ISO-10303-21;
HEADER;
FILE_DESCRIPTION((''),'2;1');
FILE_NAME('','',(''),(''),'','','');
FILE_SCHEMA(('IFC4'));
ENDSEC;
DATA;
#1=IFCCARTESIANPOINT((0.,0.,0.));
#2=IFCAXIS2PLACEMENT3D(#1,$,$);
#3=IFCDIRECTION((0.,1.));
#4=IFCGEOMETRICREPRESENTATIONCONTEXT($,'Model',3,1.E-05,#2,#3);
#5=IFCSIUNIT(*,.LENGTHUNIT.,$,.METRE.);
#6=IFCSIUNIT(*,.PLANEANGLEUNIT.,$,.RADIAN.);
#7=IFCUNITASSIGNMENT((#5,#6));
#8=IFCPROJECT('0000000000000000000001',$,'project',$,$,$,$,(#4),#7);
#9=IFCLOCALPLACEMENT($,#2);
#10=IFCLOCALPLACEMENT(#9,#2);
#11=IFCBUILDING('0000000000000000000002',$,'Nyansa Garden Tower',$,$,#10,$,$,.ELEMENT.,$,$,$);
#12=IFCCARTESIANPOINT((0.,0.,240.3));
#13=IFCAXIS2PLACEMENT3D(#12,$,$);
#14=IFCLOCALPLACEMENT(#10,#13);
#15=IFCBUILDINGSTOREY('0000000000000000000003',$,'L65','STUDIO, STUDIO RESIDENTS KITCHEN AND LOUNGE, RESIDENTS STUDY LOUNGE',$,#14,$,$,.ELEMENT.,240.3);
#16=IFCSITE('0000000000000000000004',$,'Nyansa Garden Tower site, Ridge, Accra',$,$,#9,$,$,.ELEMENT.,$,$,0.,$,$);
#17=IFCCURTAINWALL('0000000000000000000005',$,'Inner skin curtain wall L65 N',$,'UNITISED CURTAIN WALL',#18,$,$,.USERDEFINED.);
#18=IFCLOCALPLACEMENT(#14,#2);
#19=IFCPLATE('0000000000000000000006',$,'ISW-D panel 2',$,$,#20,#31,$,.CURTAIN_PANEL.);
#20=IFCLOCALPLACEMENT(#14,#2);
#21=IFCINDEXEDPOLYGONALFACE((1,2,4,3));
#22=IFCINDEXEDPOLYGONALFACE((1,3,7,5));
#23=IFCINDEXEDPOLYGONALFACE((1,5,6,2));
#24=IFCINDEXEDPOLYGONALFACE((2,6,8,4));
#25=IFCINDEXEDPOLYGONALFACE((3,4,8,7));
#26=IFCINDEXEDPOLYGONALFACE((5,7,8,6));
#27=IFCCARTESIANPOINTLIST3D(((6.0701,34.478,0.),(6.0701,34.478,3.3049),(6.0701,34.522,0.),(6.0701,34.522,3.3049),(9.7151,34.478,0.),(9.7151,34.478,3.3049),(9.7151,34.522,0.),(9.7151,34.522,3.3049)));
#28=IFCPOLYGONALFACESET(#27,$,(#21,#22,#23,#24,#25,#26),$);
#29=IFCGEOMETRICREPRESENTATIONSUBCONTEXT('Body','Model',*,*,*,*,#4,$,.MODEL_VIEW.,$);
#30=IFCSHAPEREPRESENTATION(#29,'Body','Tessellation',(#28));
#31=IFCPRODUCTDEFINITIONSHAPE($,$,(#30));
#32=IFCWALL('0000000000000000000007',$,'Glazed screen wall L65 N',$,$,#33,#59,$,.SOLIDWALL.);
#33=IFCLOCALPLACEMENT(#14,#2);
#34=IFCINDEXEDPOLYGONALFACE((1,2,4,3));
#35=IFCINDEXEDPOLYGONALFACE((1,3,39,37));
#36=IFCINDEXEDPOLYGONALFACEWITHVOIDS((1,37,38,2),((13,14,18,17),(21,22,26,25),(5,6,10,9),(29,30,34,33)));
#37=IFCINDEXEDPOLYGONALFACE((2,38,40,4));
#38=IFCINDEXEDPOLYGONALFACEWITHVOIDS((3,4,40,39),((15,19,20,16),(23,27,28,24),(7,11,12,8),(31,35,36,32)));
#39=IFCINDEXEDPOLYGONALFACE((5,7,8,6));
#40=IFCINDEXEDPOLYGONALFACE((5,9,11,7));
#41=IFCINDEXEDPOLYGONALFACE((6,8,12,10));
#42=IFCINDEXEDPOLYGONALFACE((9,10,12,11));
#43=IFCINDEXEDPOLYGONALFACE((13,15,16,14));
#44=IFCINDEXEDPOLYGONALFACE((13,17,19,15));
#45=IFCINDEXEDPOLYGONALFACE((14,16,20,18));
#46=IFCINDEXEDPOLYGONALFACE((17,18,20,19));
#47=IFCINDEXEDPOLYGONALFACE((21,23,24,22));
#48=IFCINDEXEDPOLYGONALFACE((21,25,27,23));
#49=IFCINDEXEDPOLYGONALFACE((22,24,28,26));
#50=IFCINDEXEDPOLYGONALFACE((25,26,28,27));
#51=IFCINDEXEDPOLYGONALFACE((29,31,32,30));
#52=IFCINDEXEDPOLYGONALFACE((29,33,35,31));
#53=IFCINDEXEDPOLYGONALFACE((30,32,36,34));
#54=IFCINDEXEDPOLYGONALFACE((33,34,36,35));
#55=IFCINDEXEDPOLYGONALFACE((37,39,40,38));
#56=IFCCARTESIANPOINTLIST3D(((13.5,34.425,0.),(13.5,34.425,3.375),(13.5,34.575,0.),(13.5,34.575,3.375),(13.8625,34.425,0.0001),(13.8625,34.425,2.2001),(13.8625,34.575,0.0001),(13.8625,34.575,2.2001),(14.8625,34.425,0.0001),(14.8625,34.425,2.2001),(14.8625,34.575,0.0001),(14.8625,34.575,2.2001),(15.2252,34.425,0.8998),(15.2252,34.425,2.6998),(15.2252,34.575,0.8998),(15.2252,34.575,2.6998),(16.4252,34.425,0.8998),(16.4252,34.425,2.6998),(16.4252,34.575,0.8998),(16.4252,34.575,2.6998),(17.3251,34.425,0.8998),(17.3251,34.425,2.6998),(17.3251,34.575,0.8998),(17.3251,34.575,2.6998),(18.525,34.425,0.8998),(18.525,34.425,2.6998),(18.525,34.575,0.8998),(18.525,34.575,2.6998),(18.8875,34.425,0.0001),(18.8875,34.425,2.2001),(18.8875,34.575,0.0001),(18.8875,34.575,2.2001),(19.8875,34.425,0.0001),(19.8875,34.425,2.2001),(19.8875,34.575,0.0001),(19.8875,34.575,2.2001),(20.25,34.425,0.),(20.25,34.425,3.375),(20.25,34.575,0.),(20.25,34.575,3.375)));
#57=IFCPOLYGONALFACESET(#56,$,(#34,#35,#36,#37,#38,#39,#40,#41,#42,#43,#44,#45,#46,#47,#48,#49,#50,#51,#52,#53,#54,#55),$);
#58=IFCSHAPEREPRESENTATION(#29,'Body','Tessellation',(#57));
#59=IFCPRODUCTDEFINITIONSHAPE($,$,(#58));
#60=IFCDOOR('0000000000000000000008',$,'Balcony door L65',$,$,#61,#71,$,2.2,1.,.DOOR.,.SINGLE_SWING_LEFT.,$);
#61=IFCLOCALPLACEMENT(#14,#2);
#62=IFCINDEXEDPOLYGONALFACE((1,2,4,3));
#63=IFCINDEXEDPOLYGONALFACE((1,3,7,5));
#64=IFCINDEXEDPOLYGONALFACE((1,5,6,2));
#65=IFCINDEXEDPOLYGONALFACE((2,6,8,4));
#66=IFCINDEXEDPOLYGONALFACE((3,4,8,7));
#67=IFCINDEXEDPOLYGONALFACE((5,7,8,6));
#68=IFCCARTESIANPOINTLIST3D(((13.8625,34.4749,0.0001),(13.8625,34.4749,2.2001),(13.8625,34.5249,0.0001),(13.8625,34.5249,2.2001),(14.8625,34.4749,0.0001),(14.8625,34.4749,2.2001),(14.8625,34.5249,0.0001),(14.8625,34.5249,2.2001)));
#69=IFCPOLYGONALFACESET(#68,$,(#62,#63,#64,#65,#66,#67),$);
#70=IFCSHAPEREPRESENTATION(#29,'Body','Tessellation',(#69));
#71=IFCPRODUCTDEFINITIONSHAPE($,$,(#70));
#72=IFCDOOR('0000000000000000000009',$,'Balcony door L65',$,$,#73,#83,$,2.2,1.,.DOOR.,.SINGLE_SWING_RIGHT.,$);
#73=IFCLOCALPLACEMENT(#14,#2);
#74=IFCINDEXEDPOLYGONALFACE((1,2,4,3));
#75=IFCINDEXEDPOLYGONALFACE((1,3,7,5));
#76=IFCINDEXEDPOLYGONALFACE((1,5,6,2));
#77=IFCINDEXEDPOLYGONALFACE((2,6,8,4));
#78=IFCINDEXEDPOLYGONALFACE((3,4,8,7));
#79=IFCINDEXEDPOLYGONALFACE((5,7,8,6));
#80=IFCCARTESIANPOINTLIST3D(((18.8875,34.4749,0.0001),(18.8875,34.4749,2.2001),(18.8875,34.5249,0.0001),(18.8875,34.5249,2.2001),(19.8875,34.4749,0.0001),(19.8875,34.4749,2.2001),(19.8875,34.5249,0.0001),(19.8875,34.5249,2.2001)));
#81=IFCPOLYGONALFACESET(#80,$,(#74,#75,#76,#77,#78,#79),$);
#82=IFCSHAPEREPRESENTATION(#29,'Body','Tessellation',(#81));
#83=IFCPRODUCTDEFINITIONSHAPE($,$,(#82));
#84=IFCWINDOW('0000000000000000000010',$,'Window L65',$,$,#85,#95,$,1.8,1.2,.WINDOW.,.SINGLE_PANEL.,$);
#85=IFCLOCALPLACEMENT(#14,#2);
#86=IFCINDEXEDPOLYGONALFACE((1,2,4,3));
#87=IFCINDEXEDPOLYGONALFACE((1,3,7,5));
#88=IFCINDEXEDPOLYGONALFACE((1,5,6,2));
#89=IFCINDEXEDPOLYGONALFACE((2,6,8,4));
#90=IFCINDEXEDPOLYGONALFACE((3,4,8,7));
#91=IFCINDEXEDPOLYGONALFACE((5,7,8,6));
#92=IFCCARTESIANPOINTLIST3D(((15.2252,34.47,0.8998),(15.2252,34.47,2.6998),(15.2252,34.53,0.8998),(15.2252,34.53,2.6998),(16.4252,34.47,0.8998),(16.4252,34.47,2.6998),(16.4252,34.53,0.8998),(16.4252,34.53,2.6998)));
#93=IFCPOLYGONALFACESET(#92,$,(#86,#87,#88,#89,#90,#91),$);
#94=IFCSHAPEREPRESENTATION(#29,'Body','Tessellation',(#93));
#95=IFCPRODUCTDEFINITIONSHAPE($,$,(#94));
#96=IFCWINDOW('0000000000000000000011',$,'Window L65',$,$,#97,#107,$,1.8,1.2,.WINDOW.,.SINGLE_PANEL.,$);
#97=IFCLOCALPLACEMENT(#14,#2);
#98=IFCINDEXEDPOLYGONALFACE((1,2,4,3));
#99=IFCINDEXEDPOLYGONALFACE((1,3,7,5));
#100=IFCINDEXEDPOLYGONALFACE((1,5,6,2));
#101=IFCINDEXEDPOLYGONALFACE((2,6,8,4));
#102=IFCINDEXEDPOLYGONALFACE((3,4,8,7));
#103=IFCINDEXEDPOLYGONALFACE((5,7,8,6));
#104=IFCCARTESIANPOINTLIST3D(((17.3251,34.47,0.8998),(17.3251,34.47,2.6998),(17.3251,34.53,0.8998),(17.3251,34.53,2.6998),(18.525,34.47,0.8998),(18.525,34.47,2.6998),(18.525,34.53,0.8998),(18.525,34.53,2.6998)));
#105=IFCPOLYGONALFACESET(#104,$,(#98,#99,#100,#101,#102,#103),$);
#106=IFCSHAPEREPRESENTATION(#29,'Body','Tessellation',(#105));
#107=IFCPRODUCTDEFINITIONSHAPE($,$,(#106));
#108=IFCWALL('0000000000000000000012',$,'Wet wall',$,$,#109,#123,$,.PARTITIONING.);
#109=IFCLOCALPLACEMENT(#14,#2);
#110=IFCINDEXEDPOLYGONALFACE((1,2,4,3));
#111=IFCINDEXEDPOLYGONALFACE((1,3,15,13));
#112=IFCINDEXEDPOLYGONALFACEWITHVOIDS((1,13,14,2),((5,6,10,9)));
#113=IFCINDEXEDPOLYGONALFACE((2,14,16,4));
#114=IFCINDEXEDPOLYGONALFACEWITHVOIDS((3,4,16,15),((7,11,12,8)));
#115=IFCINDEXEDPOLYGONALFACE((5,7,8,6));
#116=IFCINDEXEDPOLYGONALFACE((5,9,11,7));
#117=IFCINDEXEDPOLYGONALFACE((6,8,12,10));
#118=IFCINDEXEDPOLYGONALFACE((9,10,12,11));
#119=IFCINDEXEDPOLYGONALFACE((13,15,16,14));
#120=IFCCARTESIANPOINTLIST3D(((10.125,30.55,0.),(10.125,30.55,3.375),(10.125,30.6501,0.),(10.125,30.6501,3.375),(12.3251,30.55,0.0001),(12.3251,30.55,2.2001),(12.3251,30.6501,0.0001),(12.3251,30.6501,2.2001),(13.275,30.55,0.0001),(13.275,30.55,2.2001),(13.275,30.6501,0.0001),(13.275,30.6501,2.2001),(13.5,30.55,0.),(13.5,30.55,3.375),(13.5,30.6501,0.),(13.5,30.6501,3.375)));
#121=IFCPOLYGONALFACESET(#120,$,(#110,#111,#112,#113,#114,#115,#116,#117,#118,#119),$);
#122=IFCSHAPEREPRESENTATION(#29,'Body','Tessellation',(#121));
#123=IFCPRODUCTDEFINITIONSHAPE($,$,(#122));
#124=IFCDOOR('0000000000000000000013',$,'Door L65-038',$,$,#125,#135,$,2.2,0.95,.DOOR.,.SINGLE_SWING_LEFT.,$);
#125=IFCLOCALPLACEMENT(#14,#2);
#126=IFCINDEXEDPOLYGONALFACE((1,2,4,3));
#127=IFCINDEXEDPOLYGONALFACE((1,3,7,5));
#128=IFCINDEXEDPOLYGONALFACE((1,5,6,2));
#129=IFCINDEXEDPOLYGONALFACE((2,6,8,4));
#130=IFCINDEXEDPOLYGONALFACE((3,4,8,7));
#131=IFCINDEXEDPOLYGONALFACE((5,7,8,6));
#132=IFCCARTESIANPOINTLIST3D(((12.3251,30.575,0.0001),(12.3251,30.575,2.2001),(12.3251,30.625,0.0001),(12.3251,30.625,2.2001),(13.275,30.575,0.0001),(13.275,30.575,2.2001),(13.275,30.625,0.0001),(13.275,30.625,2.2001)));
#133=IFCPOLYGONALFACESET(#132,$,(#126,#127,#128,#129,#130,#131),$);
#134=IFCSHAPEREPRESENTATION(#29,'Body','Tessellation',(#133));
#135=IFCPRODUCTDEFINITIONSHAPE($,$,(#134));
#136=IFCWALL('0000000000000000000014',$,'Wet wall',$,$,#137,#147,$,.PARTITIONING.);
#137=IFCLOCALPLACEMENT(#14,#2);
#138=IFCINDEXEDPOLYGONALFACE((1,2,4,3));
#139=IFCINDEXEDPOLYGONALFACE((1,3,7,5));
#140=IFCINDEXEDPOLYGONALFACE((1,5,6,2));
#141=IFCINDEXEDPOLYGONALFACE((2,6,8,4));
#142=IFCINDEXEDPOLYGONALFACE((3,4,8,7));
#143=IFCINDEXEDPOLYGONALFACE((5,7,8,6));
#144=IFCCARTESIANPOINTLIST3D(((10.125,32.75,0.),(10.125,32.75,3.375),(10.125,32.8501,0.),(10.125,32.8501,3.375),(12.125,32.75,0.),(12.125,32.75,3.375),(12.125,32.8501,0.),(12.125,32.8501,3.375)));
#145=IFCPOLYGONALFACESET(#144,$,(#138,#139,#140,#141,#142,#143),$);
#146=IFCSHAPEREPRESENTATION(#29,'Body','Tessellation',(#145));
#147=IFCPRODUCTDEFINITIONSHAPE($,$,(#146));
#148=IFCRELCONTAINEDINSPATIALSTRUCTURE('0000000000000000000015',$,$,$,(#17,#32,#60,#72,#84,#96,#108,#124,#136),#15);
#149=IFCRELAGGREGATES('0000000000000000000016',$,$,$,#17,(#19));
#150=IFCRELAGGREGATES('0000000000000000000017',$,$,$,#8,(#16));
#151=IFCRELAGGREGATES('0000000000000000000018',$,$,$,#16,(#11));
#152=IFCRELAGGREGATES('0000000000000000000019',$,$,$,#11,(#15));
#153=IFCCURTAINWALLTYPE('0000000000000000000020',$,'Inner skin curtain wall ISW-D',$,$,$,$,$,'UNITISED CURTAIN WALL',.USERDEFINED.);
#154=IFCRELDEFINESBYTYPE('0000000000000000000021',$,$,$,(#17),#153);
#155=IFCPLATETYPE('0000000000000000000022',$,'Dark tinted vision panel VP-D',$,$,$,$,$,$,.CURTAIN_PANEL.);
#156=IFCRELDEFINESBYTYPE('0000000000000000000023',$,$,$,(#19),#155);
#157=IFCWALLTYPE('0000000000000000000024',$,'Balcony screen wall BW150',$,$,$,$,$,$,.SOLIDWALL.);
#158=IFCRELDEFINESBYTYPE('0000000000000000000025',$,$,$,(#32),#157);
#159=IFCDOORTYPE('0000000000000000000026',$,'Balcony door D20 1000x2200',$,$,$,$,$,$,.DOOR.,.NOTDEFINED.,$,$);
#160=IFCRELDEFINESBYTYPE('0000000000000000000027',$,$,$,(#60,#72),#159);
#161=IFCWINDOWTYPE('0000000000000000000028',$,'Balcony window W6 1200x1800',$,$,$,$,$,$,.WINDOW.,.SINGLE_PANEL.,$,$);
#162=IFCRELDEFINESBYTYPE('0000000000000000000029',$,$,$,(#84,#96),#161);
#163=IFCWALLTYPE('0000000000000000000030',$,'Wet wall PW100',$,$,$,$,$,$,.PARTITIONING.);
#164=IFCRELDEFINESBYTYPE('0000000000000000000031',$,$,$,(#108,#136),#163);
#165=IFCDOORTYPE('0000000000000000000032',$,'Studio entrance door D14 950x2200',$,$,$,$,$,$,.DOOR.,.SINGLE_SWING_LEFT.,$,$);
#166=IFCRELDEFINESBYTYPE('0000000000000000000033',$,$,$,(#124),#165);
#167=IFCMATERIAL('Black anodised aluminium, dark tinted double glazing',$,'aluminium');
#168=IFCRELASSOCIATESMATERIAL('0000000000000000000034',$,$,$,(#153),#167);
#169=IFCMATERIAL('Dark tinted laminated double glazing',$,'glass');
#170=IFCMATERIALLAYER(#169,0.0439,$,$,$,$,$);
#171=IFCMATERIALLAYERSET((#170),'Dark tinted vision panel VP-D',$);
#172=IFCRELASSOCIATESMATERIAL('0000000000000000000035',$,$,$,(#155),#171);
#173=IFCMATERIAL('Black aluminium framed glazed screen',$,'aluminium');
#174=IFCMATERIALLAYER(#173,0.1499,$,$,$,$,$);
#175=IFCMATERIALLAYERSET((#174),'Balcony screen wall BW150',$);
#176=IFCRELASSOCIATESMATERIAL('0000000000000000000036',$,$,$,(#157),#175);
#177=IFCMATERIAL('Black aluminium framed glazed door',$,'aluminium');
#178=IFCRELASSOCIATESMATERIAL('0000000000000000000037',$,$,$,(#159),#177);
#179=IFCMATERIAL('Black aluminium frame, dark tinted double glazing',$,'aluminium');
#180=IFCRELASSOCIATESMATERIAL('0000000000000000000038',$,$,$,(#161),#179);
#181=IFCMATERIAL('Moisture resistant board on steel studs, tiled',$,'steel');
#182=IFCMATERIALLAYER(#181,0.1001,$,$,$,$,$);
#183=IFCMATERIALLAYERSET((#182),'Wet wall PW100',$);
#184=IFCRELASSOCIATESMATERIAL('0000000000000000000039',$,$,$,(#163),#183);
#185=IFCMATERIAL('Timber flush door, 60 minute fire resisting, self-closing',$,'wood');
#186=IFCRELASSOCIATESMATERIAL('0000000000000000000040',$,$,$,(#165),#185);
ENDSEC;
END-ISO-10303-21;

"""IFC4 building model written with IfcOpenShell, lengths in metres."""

from ifc_helpers import new_model, si_unit, direction, frame, frame_2d, origin, origin_2d, place, context, subcontext, project, spatial, rectangle, extrude, material, layer, layer_set, type_object, element, fill, aggregate, save


model = new_model("IFC4")

# Units and contexts
model_context = context("Model", 3, precision=1e-05, world=origin(), true_north=direction((0.0, 1.0)))
body_context = subcontext(model_context, "Body", "Model", "MODEL_VIEW")
ifc_project = project(units=[si_unit("LENGTHUNIT", "METRE"), si_unit("PLANEANGLEUNIT", "RADIAN")], contexts=[model_context])

# Site, building, storey
site_placement = place(None, origin())
site = spatial("IfcSite", under=ifc_project, at=site_placement, Name="Nyansa Garden Tower site, Ridge, Accra", CompositionType="ELEMENT", RefElevation=0.0)
building_placement = place(site_placement, origin())
building = spatial("IfcBuilding", under=site, at=building_placement, Name="Nyansa Garden Tower", CompositionType="ELEMENT")
storey_placement = place(building_placement, frame((0.0, 0.0, 240.3)))
storey = spatial("IfcBuildingStorey", under=building, at=storey_placement, Name="L65", Description="STUDIO, STUDIO RESIDENTS KITCHEN AND LOUNGE, RESIDENTS STUDY LOUNGE", CompositionType="ELEMENT", Elevation=240.3)

# Curtain wall
ifc_material_1 = material(Name="Black anodised aluminium, dark tinted double glazing", Category="aluminium")
curtain_wall_type = type_object("IfcCurtainWallType", Name="Inner skin curtain wall ISW-D", ElementType="UNITISED CURTAIN WALL", PredefinedType="USERDEFINED", material=ifc_material_1)
curtain_wall_placement = place(storey_placement, origin())
curtain_wall = element("IfcCurtainWall", 1, at=curtain_wall_placement, inside=storey, type_object=curtain_wall_type, Name="Inner skin curtain wall L65 N", ObjectType="UNITISED CURTAIN WALL", PredefinedType="USERDEFINED")

# Plate
ifc_material_2 = material(Name="Dark tinted laminated double glazing", Category="glass")
ifc_layer_1 = layer(ifc_material_2, 0.0439)
ifc_layer_set_1 = layer_set([ifc_layer_1], Name="Dark tinted vision panel VP-D")
plate_type = type_object("IfcPlateType", Name="Dark tinted vision panel VP-D", PredefinedType="CURTAIN_PANEL", material=ifc_layer_set_1)
plate_1_placement = place(storey_placement, frame((7.8926, 34.5, 0.0), z_axis=(0.0, 0.0, 1.0), x_axis=(-1.0, 0.0, 0.0)))
plate_1 = element("IfcPlate", 2, at=plate_1_placement, type_object=plate_type, Name="ISW-D panel 2", PredefinedType="CURTAIN_PANEL", context=body_context, shape_type="SweptSolid", body=[
    extrude(rectangle(XDim=3.645, YDim=0.0439, at=origin_2d()), origin(), (0.0, 0.0, 1.0), 3.3049),
])
aggregate(curtain_wall, [plate_1])

# Wall, openings, doors, windows
ifc_material_3 = material(Name="Black aluminium framed glazed screen", Category="aluminium")
ifc_layer_2 = layer(ifc_material_3, 0.1499)
ifc_layer_set_2 = layer_set([ifc_layer_2], Name="Balcony screen wall BW150")
wall_type_1 = type_object("IfcWallType", Name="Balcony screen wall BW150", PredefinedType="SOLIDWALL", material=ifc_layer_set_2)
wall_1_placement = place(storey_placement, frame((13.5, 34.5, 0.0), z_axis=(0.0, 0.0, 1.0), x_axis=(1.0, 0.0, 0.0)))
wall_1 = element("IfcWall", 3, at=wall_1_placement, inside=storey, type_object=wall_type_1, Name="Glazed screen wall L65 N", PredefinedType="SOLIDWALL", context=body_context, shape_type="SweptSolid", body=[
    extrude(rectangle(XDim=6.75, YDim=0.1499, at=frame_2d((3.375, 0.0))), origin(), (0.0, 0.0, 1.0), 3.375),
])
opening_1_placement = place(wall_1_placement, frame((0.3625, 0.0, 0.0)))
opening_1 = element("IfcOpeningElement", 4, at=opening_1_placement, cuts=wall_1, PredefinedType="OPENING", context=body_context, shape_type="SweptSolid", body=[
    extrude(rectangle(XDim=1.0, YDim=2.2, at=frame_2d((0.5, 1.1001))), frame((0.0, 0.085, 0.0), z_axis=(0.0, -1.0, 0.0), x_axis=(1.0, 0.0, 0.0)), (0.0, 0.0, 1.0), 0.1699),
])
opening_2_placement = place(wall_1_placement, frame((1.7251, 0.0, 0.8999)))
opening_2 = element("IfcOpeningElement", 5, at=opening_2_placement, cuts=wall_1, PredefinedType="OPENING", context=body_context, shape_type="SweptSolid", body=[
    extrude(rectangle(XDim=1.2, YDim=1.8, at=frame_2d((0.6001, 0.8999))), frame((0.0, 0.085, 0.0), z_axis=(0.0, -1.0, 0.0), x_axis=(1.0, 0.0, 0.0)), (0.0, 0.0, 1.0), 0.1699),
])
opening_3_placement = place(wall_1_placement, frame((5.3875, 0.0, 0.0)))
opening_3 = element("IfcOpeningElement", 6, at=opening_3_placement, cuts=wall_1, PredefinedType="OPENING", context=body_context, shape_type="SweptSolid", body=[
    extrude(rectangle(XDim=1.0, YDim=2.2, at=frame_2d((0.5, 1.1001))), frame((0.0, 0.085, 0.0), z_axis=(0.0, -1.0, 0.0), x_axis=(1.0, 0.0, 0.0)), (0.0, 0.0, 1.0), 0.1699),
])
opening_4_placement = place(wall_1_placement, frame((3.825, 0.0, 0.8999)))
opening_4 = element("IfcOpeningElement", 7, at=opening_4_placement, cuts=wall_1, PredefinedType="OPENING", context=body_context, shape_type="SweptSolid", body=[
    extrude(rectangle(XDim=1.2, YDim=1.8, at=frame_2d((0.6001, 0.8999))), frame((0.0, 0.085, 0.0), z_axis=(0.0, -1.0, 0.0), x_axis=(1.0, 0.0, 0.0)), (0.0, 0.0, 1.0), 0.1699),
])
ifc_material_4 = material(Name="Black aluminium framed glazed door", Category="aluminium")
door_type_1 = type_object("IfcDoorType", Name="Balcony door D20 1000x2200", OperationType="NOTDEFINED", PredefinedType="DOOR", material=ifc_material_4)
door_1_placement = place(opening_1_placement, origin())
door_1 = element("IfcDoor", 8, at=door_1_placement, inside=storey, type_object=door_type_1, Name="Balcony door L65", OperationType="SINGLE_SWING_LEFT", OverallHeight=2.2, OverallWidth=1.0, PredefinedType="DOOR", context=body_context, shape_type="SweptSolid", body=[
    extrude(rectangle(XDim=1.0, YDim=2.2, at=frame_2d((0.5, 1.1001))), frame((0.0, 0.0249, 0.0), z_axis=(0.0, -1.0, 0.0), x_axis=(1.0, 0.0, 0.0)), (0.0, 0.0, 1.0), 0.05),
])
fill(opening_1, door_1)
door_2_placement = place(opening_3_placement, origin())
door_2 = element("IfcDoor", 9, at=door_2_placement, inside=storey, type_object=door_type_1, Name="Balcony door L65", OperationType="SINGLE_SWING_RIGHT", OverallHeight=2.2, OverallWidth=1.0, PredefinedType="DOOR", context=body_context, shape_type="SweptSolid", body=[
    extrude(rectangle(XDim=1.0, YDim=2.2, at=frame_2d((0.5, 1.1001))), frame((0.0, 0.0249, 0.0), z_axis=(0.0, -1.0, 0.0), x_axis=(1.0, 0.0, 0.0)), (0.0, 0.0, 1.0), 0.05),
])
fill(opening_3, door_2)
ifc_material_5 = material(Name="Black aluminium frame, dark tinted double glazing", Category="aluminium")
window_type = type_object("IfcWindowType", Name="Balcony window W6 1200x1800", PartitioningType="SINGLE_PANEL", PredefinedType="WINDOW", material=ifc_material_5)
window_1_placement = place(opening_2_placement, origin())
window_1 = element("IfcWindow", 10, at=window_1_placement, inside=storey, type_object=window_type, Name="Window L65", OverallHeight=1.8, OverallWidth=1.2, PartitioningType="SINGLE_PANEL", PredefinedType="WINDOW", context=body_context, shape_type="SweptSolid", body=[
    extrude(rectangle(XDim=1.2, YDim=1.8, at=frame_2d((0.6001, 0.8999))), frame((0.0, 0.03, 0.0), z_axis=(0.0, -1.0, 0.0), x_axis=(1.0, 0.0, 0.0)), (0.0, 0.0, 1.0), 0.0601),
])
fill(opening_2, window_1)
window_2_placement = place(opening_4_placement, origin())
window_2 = element("IfcWindow", 11, at=window_2_placement, inside=storey, type_object=window_type, Name="Window L65", OverallHeight=1.8, OverallWidth=1.2, PartitioningType="SINGLE_PANEL", PredefinedType="WINDOW", context=body_context, shape_type="SweptSolid", body=[
    extrude(rectangle(XDim=1.2, YDim=1.8, at=frame_2d((0.6001, 0.8999))), frame((0.0, 0.03, 0.0), z_axis=(0.0, -1.0, 0.0), x_axis=(1.0, 0.0, 0.0)), (0.0, 0.0, 1.0), 0.0601),
])
fill(opening_4, window_2)

# Wall, opening, door
ifc_material_6 = material(Name="Moisture resistant board on steel studs, tiled", Category="steel")
ifc_layer_3 = layer(ifc_material_6, 0.1001)
ifc_layer_set_3 = layer_set([ifc_layer_3], Name="Wet wall PW100")
wall_type_2 = type_object("IfcWallType", Name="Wet wall PW100", PredefinedType="PARTITIONING", material=ifc_layer_set_3)
wall_2_placement = place(storey_placement, frame((10.125, 30.6001, 0.0), z_axis=(0.0, 0.0, 1.0), x_axis=(1.0, 0.0, 0.0)))
wall_2 = element("IfcWall", 12, at=wall_2_placement, inside=storey, type_object=wall_type_2, Name="Wet wall", PredefinedType="PARTITIONING", context=body_context, shape_type="SweptSolid", body=[
    extrude(rectangle(XDim=3.375, YDim=0.1001, at=frame_2d((1.6875, 0.0))), origin(), (0.0, 0.0, 1.0), 3.375),
])
opening_5_placement = place(wall_2_placement, frame((2.2, 0.0, 0.0)))
opening_5 = element("IfcOpeningElement", 13, at=opening_5_placement, cuts=wall_2, PredefinedType="OPENING", context=body_context, shape_type="SweptSolid", body=[
    extrude(rectangle(XDim=0.95, YDim=2.2, at=frame_2d((0.4751, 1.1001))), frame((0.0, 0.0601, 0.0), z_axis=(0.0, -1.0, 0.0), x_axis=(1.0, 0.0, 0.0)), (0.0, 0.0, 1.0), 0.1201),
])
ifc_material_7 = material(Name="Timber flush door, 60 minute fire resisting, self-closing", Category="wood")
door_type_2 = type_object("IfcDoorType", Name="Studio entrance door D14 950x2200", OperationType="SINGLE_SWING_LEFT", PredefinedType="DOOR", material=ifc_material_7)
door_3_placement = place(opening_5_placement, origin())
door_3 = element("IfcDoor", 14, at=door_3_placement, inside=storey, type_object=door_type_2, Name="Door L65-038", OperationType="SINGLE_SWING_LEFT", OverallHeight=2.2, OverallWidth=0.95, PredefinedType="DOOR", context=body_context, shape_type="SweptSolid", body=[
    extrude(rectangle(XDim=0.95, YDim=2.2, at=frame_2d((0.4751, 1.1001))), frame((0.0, 0.0249, 0.0), z_axis=(0.0, -1.0, 0.0), x_axis=(1.0, 0.0, 0.0)), (0.0, 0.0, 1.0), 0.05),
])
fill(opening_5, door_3)

# Wall
wall_3_placement = place(storey_placement, frame((10.125, 32.8, 0.0), z_axis=(0.0, 0.0, 1.0), x_axis=(1.0, 0.0, 0.0)))
element("IfcWall", 15, at=wall_3_placement, inside=storey, type_object=wall_type_2, Name="Wet wall", PredefinedType="PARTITIONING", context=body_context, shape_type="SweptSolid", body=[
    extrude(rectangle(XDim=2.0, YDim=0.1001, at=frame_2d((1.0, 0.0))), origin(), (0.0, 0.0, 1.0), 3.375),
])

save(model, "model.ifc")
